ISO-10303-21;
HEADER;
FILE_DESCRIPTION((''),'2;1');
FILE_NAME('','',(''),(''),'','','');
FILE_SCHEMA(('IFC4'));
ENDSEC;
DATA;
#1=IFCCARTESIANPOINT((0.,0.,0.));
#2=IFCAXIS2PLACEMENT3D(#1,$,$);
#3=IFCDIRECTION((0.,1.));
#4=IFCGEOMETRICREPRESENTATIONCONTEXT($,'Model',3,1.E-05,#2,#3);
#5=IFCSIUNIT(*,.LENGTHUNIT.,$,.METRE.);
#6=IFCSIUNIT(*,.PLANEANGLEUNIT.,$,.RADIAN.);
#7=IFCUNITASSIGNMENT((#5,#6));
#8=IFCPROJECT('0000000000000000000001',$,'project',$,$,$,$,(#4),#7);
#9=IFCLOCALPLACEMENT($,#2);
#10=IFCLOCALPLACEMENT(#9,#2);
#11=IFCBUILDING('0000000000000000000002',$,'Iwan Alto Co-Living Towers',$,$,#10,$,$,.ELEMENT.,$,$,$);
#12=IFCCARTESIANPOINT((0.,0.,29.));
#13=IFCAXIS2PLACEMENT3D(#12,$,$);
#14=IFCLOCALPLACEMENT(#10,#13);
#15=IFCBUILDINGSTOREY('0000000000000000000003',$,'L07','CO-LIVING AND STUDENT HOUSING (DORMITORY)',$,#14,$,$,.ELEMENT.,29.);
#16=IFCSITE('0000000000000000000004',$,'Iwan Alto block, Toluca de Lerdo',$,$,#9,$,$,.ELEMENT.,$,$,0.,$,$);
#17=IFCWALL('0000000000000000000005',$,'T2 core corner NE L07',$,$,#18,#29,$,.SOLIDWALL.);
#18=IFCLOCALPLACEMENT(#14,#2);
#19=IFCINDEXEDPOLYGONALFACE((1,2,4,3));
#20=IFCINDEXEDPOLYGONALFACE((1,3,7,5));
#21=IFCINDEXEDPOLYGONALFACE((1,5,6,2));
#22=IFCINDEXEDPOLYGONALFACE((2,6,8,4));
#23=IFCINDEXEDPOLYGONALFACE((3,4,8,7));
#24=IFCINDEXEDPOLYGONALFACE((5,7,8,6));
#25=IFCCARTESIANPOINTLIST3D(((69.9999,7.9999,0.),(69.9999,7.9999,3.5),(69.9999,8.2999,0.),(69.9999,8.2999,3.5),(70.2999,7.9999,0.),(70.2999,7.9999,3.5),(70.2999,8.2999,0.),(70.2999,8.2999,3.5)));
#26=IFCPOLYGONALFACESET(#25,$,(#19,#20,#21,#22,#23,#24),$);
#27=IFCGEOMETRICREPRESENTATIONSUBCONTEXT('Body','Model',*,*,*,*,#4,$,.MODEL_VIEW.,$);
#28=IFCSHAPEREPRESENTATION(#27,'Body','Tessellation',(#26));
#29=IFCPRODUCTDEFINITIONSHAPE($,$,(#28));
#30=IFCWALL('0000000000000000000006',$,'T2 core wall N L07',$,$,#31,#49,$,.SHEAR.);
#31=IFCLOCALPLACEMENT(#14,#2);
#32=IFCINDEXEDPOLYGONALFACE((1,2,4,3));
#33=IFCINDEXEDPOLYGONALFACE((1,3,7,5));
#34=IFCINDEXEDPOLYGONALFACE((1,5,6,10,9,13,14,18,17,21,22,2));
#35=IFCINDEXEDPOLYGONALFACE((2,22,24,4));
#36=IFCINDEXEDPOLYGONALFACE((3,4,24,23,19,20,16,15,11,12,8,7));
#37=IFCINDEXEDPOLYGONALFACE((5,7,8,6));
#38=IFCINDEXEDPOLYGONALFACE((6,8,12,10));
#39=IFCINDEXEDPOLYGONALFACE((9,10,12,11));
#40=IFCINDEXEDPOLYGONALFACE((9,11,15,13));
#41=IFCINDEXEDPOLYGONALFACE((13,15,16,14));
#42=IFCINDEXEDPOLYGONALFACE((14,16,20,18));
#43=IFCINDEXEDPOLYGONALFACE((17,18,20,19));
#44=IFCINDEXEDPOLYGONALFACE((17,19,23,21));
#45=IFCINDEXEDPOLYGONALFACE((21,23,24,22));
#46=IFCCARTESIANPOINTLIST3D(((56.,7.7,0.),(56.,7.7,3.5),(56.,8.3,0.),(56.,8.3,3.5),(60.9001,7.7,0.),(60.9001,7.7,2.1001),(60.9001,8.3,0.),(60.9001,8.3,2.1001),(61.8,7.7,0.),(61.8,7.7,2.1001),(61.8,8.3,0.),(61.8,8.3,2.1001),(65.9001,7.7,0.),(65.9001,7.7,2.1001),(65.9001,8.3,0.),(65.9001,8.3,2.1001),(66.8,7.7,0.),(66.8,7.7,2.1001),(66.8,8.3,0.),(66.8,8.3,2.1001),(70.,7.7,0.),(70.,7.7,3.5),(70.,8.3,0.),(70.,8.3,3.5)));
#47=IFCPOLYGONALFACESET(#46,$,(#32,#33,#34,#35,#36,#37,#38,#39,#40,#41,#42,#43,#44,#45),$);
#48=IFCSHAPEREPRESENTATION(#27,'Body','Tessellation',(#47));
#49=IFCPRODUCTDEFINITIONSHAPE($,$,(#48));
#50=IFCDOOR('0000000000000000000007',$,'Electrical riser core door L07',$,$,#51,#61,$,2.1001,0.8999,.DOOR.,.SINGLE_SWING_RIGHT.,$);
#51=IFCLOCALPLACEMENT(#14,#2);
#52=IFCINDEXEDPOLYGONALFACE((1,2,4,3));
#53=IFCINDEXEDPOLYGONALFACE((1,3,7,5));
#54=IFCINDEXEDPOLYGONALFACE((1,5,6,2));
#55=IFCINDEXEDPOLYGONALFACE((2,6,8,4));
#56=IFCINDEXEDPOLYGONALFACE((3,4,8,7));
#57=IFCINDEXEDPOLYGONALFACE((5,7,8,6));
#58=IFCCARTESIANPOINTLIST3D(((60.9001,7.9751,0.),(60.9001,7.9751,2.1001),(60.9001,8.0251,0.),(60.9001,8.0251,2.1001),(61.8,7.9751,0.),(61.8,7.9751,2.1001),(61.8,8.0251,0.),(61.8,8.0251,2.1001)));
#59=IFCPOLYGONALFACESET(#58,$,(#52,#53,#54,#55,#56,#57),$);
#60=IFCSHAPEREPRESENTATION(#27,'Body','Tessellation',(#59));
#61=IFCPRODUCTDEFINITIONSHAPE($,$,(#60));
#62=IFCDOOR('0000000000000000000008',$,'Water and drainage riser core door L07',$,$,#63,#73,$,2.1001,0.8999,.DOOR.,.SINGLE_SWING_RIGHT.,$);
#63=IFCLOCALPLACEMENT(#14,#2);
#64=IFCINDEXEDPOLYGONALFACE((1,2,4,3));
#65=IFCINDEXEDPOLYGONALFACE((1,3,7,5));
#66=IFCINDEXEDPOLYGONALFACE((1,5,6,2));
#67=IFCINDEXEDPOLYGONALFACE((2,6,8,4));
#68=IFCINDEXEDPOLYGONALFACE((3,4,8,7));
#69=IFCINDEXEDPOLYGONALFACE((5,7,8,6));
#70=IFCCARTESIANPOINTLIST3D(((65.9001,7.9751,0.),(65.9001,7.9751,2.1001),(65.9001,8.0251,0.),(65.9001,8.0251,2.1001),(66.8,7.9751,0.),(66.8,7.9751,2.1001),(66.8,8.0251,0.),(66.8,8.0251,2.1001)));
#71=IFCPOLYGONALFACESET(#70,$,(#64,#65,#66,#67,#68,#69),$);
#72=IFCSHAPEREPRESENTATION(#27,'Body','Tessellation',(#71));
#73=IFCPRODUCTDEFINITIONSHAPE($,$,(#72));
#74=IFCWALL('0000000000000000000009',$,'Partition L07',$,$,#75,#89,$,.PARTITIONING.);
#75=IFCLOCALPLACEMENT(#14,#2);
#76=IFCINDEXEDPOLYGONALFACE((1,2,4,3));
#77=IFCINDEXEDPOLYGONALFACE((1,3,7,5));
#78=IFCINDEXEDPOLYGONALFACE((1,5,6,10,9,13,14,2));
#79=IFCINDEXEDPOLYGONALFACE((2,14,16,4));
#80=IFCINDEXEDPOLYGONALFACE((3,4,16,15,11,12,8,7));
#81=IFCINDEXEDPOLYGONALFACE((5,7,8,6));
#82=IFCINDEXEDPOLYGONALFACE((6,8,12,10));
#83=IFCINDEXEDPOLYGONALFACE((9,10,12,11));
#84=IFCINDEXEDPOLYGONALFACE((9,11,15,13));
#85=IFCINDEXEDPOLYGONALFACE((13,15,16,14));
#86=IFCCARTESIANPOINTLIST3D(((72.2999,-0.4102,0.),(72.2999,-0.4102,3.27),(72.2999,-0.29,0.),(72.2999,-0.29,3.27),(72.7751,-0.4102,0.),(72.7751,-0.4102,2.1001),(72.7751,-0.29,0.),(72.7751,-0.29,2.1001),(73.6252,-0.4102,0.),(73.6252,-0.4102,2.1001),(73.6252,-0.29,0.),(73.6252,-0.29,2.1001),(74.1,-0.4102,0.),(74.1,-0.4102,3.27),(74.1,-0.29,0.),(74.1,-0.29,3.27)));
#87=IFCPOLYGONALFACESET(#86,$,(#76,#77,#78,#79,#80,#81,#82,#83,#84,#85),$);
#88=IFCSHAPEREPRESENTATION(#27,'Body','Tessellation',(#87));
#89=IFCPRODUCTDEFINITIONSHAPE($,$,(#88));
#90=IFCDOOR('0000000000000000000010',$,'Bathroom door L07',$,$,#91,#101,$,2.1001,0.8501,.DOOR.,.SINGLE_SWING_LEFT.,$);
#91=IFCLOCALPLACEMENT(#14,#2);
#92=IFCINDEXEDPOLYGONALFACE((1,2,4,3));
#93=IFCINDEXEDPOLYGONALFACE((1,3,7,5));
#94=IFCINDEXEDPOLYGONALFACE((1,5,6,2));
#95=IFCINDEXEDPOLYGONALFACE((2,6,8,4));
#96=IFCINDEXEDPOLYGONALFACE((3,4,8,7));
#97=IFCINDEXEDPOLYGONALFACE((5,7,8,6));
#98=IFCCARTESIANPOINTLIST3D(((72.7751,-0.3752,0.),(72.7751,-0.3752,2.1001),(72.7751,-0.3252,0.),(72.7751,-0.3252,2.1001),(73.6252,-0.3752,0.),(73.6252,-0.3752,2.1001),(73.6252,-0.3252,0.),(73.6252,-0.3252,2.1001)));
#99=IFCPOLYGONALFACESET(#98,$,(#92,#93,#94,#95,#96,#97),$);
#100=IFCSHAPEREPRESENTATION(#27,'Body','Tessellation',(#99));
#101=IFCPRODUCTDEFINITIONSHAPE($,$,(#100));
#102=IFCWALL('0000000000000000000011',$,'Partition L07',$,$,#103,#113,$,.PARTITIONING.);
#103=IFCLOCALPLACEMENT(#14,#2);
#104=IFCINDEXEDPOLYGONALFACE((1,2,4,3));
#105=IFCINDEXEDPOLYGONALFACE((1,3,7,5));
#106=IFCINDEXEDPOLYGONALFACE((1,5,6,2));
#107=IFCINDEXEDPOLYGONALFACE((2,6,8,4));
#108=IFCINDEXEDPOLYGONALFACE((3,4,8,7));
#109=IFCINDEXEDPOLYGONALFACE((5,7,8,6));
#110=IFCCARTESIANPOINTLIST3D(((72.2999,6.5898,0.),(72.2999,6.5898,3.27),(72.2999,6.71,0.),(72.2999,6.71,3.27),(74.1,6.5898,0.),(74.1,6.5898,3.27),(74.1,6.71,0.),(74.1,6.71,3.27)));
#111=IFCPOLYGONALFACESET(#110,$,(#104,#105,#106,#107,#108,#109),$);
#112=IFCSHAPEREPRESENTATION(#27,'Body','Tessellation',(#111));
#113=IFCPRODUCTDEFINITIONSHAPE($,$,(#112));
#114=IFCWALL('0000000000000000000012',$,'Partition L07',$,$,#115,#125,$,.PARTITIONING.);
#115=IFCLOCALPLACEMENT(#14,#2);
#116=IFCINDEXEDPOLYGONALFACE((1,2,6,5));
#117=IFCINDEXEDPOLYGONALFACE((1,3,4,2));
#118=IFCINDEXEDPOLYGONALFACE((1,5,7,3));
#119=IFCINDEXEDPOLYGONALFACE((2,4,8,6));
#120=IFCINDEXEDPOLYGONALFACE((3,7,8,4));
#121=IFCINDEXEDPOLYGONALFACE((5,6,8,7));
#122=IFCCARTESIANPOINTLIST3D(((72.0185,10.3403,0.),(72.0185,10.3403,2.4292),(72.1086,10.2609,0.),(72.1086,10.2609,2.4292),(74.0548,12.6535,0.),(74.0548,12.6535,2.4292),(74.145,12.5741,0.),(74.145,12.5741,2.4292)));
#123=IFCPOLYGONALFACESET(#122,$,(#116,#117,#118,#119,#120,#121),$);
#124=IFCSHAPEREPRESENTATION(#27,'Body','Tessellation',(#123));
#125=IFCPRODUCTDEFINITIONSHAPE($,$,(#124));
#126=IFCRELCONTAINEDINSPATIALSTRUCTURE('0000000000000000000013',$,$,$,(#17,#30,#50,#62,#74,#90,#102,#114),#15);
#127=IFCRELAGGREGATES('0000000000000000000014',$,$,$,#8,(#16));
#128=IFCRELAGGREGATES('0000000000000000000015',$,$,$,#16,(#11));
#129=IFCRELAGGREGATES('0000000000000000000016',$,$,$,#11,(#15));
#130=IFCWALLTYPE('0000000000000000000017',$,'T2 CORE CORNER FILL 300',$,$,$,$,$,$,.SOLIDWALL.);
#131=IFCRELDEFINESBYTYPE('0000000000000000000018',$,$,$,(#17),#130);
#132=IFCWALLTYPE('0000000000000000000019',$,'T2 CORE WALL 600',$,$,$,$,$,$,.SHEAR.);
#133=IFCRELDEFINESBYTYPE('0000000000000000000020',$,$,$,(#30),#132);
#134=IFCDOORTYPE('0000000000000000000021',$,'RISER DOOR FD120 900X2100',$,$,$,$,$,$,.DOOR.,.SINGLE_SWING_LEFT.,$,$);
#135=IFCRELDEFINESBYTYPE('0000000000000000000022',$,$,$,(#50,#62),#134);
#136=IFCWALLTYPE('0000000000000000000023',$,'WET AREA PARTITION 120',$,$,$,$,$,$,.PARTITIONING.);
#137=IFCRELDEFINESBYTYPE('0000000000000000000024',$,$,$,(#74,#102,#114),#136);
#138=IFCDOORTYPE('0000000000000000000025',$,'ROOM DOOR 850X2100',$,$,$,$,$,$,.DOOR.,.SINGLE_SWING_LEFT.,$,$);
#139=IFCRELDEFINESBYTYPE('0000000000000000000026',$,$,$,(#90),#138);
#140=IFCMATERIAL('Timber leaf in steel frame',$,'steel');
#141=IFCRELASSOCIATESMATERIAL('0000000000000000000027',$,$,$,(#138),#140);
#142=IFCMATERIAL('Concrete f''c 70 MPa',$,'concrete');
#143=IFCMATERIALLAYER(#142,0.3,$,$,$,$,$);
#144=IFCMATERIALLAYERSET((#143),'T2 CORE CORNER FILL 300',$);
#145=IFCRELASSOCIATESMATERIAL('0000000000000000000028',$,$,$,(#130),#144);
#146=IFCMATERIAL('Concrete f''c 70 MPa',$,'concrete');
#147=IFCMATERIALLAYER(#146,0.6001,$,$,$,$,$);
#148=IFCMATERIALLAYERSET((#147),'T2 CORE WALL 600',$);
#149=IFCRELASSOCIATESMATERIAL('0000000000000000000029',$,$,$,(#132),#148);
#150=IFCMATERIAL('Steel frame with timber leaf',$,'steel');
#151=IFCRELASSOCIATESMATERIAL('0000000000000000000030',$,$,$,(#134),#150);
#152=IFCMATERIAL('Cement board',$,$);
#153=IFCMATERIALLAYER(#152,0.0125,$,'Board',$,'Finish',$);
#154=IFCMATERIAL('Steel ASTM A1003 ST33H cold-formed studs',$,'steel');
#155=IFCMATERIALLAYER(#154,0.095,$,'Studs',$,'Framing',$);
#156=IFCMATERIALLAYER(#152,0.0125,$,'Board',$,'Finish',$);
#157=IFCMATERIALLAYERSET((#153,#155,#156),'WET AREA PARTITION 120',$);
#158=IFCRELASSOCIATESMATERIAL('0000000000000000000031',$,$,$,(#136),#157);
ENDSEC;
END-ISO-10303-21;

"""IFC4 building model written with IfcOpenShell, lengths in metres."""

from ifc_helpers import new_model, si_unit, direction, frame, frame_2d, origin, place, context, subcontext, project, spatial, rectangle, extrude, material, layer, layer_set, type_object, element, fill, save


model = new_model("IFC4")

# Units and contexts
model_context = context("Model", 3, precision=1e-05, world=origin(), true_north=direction((0.0, 1.0)))
body_context = subcontext(model_context, "Body", "Model", "MODEL_VIEW")
ifc_project = project(units=[si_unit("LENGTHUNIT", "METRE"), si_unit("PLANEANGLEUNIT", "RADIAN")], contexts=[model_context])

# Site, building, storey
site_placement = place(None, origin())
site = spatial("IfcSite", under=ifc_project, at=site_placement, Name="Iwan Alto block, Toluca de Lerdo", CompositionType="ELEMENT", RefElevation=0.0)
building_placement = place(site_placement, origin())
building = spatial("IfcBuilding", under=site, at=building_placement, Name="Iwan Alto Co-Living Towers", CompositionType="ELEMENT")
storey_placement = place(building_placement, frame((0.0, 0.0, 29.0)))
storey = spatial("IfcBuildingStorey", under=building, at=storey_placement, Name="L07", Description="CO-LIVING AND STUDENT HOUSING (DORMITORY)", CompositionType="ELEMENT", Elevation=29.0)

# Shared definitions
ifc_material_1 = material(Name="Steel ASTM A1003 ST33H cold-formed studs", Category="steel")
ifc_material_2 = material(Name="Timber leaf in steel frame", Category="steel")
door_type_1 = type_object("IfcDoorType", Name="ROOM DOOR 850X2100", OperationType="SINGLE_SWING_LEFT", PredefinedType="DOOR", material=ifc_material_2)

# Wall
ifc_material_3 = material(Name="Concrete f'c 70 MPa", Category="concrete")
ifc_layer_1 = layer(ifc_material_3, 0.3)
ifc_layer_set_1 = layer_set([ifc_layer_1], Name="T2 CORE CORNER FILL 300")
wall_type_1 = type_object("IfcWallType", Name="T2 CORE CORNER FILL 300", PredefinedType="SOLIDWALL", material=ifc_layer_set_1)
wall_1_placement = place(storey_placement, frame((70.0, 8.1499, 0.0), z_axis=(0.0, 0.0, 1.0), x_axis=(1.0, 0.0, 0.0)))
element("IfcWall", 1, at=wall_1_placement, inside=storey, type_object=wall_type_1, Name="T2 core corner NE L07", PredefinedType="SOLIDWALL", context=body_context, shape_type="SweptSolid", body=[
    extrude(rectangle(XDim=0.3, YDim=0.3, at=frame_2d((0.1499, 0.0))), origin(), (0.0, 0.0, 1.0), 3.5),
])

# Wall, openings, doors
ifc_material_4 = material(Name="Concrete f'c 70 MPa", Category="concrete")
ifc_layer_2 = layer(ifc_material_4, 0.6001)
ifc_layer_set_2 = layer_set([ifc_layer_2], Name="T2 CORE WALL 600")
wall_type_2 = type_object("IfcWallType", Name="T2 CORE WALL 600", PredefinedType="SHEAR", material=ifc_layer_set_2)
wall_2_placement = place(storey_placement, frame((70.0, 8.0, 0.0), z_axis=(0.0, 0.0, 1.0), x_axis=(-1.0, 0.0, 0.0)))
wall_2 = element("IfcWall", 2, at=wall_2_placement, inside=storey, type_object=wall_type_2, Name="T2 core wall N L07", PredefinedType="SHEAR", context=body_context, shape_type="SweptSolid", body=[
    extrude(rectangle(XDim=14.0, YDim=0.6001, at=frame_2d((7.0, 0.0))), origin(), (0.0, 0.0, 1.0), 3.5),
])
opening_1_placement = place(wall_2_placement, frame((8.2, 0.0, 0.0)))
opening_1 = element("IfcOpeningElement", 3, at=opening_1_placement, cuts=wall_2, PredefinedType="OPENING", context=body_context, shape_type="SweptSolid", body=[
    extrude(rectangle(XDim=0.8999, YDim=2.1001, at=frame_2d((0.45, 1.05))), frame((0.0, 0.3101, 0.0), z_axis=(0.0, -1.0, 0.0), x_axis=(1.0, 0.0, 0.0)), (0.0, 0.0, 1.0), 0.6201),
])
opening_2_placement = place(wall_2_placement, frame((3.2, 0.0, 0.0)))
opening_2 = element("IfcOpeningElement", 4, at=opening_2_placement, cuts=wall_2, PredefinedType="OPENING", context=body_context, shape_type="SweptSolid", body=[
    extrude(rectangle(XDim=0.8999, YDim=2.1001, at=frame_2d((0.45, 1.05))), frame((0.0, 0.3101, 0.0), z_axis=(0.0, -1.0, 0.0), x_axis=(1.0, 0.0, 0.0)), (0.0, 0.0, 1.0), 0.6201),
])
ifc_material_5 = material(Name="Steel frame with timber leaf", Category="steel")
door_type_2 = type_object("IfcDoorType", Name="RISER DOOR FD120 900X2100", OperationType="SINGLE_SWING_LEFT", PredefinedType="DOOR", material=ifc_material_5)
door_1_placement = place(opening_1_placement, origin())
door_1 = element("IfcDoor", 5, at=door_1_placement, inside=storey, type_object=door_type_2, Name="Electrical riser core door L07", OperationType="SINGLE_SWING_RIGHT", OverallHeight=2.1001, OverallWidth=0.8999, PredefinedType="DOOR", context=body_context, shape_type="SweptSolid", body=[
    extrude(rectangle(XDim=0.8999, YDim=2.1001, at=frame_2d((0.45, 1.05))), frame((0.0, 0.0249, 0.0), z_axis=(0.0, -1.0, 0.0), x_axis=(1.0, 0.0, 0.0)), (0.0, 0.0, 1.0), 0.05),
])
fill(opening_1, door_1)
door_2_placement = place(opening_2_placement, origin())
door_2 = element("IfcDoor", 6, at=door_2_placement, inside=storey, type_object=door_type_2, Name="Water and drainage riser core door L07", OperationType="SINGLE_SWING_RIGHT", OverallHeight=2.1001, OverallWidth=0.8999, PredefinedType="DOOR", context=body_context, shape_type="SweptSolid", body=[
    extrude(rectangle(XDim=0.8999, YDim=2.1001, at=frame_2d((0.45, 1.05))), frame((0.0, 0.0249, 0.0), z_axis=(0.0, -1.0, 0.0), x_axis=(1.0, 0.0, 0.0)), (0.0, 0.0, 1.0), 0.05),
])
fill(opening_2, door_2)

# Wall, opening, door
ifc_material_6 = material(Name="Cement board")
ifc_layer_3 = layer(ifc_material_6, 0.0125, Name="Board", Category="Finish")
ifc_layer_4 = layer(ifc_material_1, 0.095, Name="Studs", Category="Framing")
ifc_layer_5 = layer(ifc_material_6, 0.0125, Name="Board", Category="Finish")
ifc_layer_set_3 = layer_set([ifc_layer_3, ifc_layer_4, ifc_layer_5], Name="WET AREA PARTITION 120")
wall_type_3 = type_object("IfcWallType", Name="WET AREA PARTITION 120", PredefinedType="PARTITIONING", material=ifc_layer_set_3)
wall_3_placement = place(storey_placement, frame((72.3, -0.3501, 0.0), z_axis=(0.0, 0.0, 1.0), x_axis=(1.0, 0.0, 0.0)))
wall_3 = element("IfcWall", 7, at=wall_3_placement, inside=storey, type_object=wall_type_3, Name="Partition L07", PredefinedType="PARTITIONING", context=body_context, shape_type="SweptSolid", body=[
    extrude(rectangle(XDim=1.8, YDim=0.1201, at=frame_2d((0.8999, 0.0))), origin(), (0.0, 0.0, 1.0), 3.27),
])
opening_3_placement = place(wall_3_placement, frame((0.4751, 0.0, 0.0)))
opening_3 = element("IfcOpeningElement", 8, at=opening_3_placement, cuts=wall_3, PredefinedType="OPENING", context=body_context, shape_type="SweptSolid", body=[
    extrude(rectangle(XDim=0.8501, YDim=2.1001, at=frame_2d((0.425, 1.05))), frame((0.0, 0.0701, 0.0), z_axis=(0.0, -1.0, 0.0), x_axis=(1.0, 0.0, 0.0)), (0.0, 0.0, 1.0), 0.1401),
])
door_3_placement = place(opening_3_placement, origin())
door_3 = element("IfcDoor", 9, at=door_3_placement, inside=storey, type_object=door_type_1, Name="Bathroom door L07", OperationType="SINGLE_SWING_LEFT", OverallHeight=2.1001, OverallWidth=0.8501, PredefinedType="DOOR", context=body_context, shape_type="SweptSolid", body=[
    extrude(rectangle(XDim=0.8501, YDim=2.1001, at=frame_2d((0.425, 1.05))), frame((0.0, 0.0249, 0.0), z_axis=(0.0, -1.0, 0.0), x_axis=(1.0, 0.0, 0.0)), (0.0, 0.0, 1.0), 0.05),
])
fill(opening_3, door_3)

# Walls
wall_4_placement = place(storey_placement, frame((72.3, 6.6499, 0.0), z_axis=(0.0, 0.0, 1.0), x_axis=(1.0, 0.0, 0.0)))
element("IfcWall", 10, at=wall_4_placement, inside=storey, type_object=wall_type_3, Name="Partition L07", PredefinedType="PARTITIONING", context=body_context, shape_type="SweptSolid", body=[
    extrude(rectangle(XDim=1.8, YDim=0.1201, at=frame_2d((0.8999, 0.0))), origin(), (0.0, 0.0, 1.0), 3.27),
])
wall_5_placement = place(storey_placement, frame((72.0635, 10.3005, 0.0), z_axis=(0.0, 0.0, 1.0), x_axis=(0.660762, 0.750596, 0.0)))
element("IfcWall", 11, at=wall_5_placement, inside=storey, type_object=wall_type_3, Name="Partition L07", PredefinedType="PARTITIONING", context=body_context, shape_type="SweptSolid", body=[
    extrude(rectangle(XDim=3.0818, YDim=0.1201, at=frame_2d((1.541, 0.0))), origin(), (0.0, 0.0, 1.0), 2.4292),
])

save(model, "model.ifc")
